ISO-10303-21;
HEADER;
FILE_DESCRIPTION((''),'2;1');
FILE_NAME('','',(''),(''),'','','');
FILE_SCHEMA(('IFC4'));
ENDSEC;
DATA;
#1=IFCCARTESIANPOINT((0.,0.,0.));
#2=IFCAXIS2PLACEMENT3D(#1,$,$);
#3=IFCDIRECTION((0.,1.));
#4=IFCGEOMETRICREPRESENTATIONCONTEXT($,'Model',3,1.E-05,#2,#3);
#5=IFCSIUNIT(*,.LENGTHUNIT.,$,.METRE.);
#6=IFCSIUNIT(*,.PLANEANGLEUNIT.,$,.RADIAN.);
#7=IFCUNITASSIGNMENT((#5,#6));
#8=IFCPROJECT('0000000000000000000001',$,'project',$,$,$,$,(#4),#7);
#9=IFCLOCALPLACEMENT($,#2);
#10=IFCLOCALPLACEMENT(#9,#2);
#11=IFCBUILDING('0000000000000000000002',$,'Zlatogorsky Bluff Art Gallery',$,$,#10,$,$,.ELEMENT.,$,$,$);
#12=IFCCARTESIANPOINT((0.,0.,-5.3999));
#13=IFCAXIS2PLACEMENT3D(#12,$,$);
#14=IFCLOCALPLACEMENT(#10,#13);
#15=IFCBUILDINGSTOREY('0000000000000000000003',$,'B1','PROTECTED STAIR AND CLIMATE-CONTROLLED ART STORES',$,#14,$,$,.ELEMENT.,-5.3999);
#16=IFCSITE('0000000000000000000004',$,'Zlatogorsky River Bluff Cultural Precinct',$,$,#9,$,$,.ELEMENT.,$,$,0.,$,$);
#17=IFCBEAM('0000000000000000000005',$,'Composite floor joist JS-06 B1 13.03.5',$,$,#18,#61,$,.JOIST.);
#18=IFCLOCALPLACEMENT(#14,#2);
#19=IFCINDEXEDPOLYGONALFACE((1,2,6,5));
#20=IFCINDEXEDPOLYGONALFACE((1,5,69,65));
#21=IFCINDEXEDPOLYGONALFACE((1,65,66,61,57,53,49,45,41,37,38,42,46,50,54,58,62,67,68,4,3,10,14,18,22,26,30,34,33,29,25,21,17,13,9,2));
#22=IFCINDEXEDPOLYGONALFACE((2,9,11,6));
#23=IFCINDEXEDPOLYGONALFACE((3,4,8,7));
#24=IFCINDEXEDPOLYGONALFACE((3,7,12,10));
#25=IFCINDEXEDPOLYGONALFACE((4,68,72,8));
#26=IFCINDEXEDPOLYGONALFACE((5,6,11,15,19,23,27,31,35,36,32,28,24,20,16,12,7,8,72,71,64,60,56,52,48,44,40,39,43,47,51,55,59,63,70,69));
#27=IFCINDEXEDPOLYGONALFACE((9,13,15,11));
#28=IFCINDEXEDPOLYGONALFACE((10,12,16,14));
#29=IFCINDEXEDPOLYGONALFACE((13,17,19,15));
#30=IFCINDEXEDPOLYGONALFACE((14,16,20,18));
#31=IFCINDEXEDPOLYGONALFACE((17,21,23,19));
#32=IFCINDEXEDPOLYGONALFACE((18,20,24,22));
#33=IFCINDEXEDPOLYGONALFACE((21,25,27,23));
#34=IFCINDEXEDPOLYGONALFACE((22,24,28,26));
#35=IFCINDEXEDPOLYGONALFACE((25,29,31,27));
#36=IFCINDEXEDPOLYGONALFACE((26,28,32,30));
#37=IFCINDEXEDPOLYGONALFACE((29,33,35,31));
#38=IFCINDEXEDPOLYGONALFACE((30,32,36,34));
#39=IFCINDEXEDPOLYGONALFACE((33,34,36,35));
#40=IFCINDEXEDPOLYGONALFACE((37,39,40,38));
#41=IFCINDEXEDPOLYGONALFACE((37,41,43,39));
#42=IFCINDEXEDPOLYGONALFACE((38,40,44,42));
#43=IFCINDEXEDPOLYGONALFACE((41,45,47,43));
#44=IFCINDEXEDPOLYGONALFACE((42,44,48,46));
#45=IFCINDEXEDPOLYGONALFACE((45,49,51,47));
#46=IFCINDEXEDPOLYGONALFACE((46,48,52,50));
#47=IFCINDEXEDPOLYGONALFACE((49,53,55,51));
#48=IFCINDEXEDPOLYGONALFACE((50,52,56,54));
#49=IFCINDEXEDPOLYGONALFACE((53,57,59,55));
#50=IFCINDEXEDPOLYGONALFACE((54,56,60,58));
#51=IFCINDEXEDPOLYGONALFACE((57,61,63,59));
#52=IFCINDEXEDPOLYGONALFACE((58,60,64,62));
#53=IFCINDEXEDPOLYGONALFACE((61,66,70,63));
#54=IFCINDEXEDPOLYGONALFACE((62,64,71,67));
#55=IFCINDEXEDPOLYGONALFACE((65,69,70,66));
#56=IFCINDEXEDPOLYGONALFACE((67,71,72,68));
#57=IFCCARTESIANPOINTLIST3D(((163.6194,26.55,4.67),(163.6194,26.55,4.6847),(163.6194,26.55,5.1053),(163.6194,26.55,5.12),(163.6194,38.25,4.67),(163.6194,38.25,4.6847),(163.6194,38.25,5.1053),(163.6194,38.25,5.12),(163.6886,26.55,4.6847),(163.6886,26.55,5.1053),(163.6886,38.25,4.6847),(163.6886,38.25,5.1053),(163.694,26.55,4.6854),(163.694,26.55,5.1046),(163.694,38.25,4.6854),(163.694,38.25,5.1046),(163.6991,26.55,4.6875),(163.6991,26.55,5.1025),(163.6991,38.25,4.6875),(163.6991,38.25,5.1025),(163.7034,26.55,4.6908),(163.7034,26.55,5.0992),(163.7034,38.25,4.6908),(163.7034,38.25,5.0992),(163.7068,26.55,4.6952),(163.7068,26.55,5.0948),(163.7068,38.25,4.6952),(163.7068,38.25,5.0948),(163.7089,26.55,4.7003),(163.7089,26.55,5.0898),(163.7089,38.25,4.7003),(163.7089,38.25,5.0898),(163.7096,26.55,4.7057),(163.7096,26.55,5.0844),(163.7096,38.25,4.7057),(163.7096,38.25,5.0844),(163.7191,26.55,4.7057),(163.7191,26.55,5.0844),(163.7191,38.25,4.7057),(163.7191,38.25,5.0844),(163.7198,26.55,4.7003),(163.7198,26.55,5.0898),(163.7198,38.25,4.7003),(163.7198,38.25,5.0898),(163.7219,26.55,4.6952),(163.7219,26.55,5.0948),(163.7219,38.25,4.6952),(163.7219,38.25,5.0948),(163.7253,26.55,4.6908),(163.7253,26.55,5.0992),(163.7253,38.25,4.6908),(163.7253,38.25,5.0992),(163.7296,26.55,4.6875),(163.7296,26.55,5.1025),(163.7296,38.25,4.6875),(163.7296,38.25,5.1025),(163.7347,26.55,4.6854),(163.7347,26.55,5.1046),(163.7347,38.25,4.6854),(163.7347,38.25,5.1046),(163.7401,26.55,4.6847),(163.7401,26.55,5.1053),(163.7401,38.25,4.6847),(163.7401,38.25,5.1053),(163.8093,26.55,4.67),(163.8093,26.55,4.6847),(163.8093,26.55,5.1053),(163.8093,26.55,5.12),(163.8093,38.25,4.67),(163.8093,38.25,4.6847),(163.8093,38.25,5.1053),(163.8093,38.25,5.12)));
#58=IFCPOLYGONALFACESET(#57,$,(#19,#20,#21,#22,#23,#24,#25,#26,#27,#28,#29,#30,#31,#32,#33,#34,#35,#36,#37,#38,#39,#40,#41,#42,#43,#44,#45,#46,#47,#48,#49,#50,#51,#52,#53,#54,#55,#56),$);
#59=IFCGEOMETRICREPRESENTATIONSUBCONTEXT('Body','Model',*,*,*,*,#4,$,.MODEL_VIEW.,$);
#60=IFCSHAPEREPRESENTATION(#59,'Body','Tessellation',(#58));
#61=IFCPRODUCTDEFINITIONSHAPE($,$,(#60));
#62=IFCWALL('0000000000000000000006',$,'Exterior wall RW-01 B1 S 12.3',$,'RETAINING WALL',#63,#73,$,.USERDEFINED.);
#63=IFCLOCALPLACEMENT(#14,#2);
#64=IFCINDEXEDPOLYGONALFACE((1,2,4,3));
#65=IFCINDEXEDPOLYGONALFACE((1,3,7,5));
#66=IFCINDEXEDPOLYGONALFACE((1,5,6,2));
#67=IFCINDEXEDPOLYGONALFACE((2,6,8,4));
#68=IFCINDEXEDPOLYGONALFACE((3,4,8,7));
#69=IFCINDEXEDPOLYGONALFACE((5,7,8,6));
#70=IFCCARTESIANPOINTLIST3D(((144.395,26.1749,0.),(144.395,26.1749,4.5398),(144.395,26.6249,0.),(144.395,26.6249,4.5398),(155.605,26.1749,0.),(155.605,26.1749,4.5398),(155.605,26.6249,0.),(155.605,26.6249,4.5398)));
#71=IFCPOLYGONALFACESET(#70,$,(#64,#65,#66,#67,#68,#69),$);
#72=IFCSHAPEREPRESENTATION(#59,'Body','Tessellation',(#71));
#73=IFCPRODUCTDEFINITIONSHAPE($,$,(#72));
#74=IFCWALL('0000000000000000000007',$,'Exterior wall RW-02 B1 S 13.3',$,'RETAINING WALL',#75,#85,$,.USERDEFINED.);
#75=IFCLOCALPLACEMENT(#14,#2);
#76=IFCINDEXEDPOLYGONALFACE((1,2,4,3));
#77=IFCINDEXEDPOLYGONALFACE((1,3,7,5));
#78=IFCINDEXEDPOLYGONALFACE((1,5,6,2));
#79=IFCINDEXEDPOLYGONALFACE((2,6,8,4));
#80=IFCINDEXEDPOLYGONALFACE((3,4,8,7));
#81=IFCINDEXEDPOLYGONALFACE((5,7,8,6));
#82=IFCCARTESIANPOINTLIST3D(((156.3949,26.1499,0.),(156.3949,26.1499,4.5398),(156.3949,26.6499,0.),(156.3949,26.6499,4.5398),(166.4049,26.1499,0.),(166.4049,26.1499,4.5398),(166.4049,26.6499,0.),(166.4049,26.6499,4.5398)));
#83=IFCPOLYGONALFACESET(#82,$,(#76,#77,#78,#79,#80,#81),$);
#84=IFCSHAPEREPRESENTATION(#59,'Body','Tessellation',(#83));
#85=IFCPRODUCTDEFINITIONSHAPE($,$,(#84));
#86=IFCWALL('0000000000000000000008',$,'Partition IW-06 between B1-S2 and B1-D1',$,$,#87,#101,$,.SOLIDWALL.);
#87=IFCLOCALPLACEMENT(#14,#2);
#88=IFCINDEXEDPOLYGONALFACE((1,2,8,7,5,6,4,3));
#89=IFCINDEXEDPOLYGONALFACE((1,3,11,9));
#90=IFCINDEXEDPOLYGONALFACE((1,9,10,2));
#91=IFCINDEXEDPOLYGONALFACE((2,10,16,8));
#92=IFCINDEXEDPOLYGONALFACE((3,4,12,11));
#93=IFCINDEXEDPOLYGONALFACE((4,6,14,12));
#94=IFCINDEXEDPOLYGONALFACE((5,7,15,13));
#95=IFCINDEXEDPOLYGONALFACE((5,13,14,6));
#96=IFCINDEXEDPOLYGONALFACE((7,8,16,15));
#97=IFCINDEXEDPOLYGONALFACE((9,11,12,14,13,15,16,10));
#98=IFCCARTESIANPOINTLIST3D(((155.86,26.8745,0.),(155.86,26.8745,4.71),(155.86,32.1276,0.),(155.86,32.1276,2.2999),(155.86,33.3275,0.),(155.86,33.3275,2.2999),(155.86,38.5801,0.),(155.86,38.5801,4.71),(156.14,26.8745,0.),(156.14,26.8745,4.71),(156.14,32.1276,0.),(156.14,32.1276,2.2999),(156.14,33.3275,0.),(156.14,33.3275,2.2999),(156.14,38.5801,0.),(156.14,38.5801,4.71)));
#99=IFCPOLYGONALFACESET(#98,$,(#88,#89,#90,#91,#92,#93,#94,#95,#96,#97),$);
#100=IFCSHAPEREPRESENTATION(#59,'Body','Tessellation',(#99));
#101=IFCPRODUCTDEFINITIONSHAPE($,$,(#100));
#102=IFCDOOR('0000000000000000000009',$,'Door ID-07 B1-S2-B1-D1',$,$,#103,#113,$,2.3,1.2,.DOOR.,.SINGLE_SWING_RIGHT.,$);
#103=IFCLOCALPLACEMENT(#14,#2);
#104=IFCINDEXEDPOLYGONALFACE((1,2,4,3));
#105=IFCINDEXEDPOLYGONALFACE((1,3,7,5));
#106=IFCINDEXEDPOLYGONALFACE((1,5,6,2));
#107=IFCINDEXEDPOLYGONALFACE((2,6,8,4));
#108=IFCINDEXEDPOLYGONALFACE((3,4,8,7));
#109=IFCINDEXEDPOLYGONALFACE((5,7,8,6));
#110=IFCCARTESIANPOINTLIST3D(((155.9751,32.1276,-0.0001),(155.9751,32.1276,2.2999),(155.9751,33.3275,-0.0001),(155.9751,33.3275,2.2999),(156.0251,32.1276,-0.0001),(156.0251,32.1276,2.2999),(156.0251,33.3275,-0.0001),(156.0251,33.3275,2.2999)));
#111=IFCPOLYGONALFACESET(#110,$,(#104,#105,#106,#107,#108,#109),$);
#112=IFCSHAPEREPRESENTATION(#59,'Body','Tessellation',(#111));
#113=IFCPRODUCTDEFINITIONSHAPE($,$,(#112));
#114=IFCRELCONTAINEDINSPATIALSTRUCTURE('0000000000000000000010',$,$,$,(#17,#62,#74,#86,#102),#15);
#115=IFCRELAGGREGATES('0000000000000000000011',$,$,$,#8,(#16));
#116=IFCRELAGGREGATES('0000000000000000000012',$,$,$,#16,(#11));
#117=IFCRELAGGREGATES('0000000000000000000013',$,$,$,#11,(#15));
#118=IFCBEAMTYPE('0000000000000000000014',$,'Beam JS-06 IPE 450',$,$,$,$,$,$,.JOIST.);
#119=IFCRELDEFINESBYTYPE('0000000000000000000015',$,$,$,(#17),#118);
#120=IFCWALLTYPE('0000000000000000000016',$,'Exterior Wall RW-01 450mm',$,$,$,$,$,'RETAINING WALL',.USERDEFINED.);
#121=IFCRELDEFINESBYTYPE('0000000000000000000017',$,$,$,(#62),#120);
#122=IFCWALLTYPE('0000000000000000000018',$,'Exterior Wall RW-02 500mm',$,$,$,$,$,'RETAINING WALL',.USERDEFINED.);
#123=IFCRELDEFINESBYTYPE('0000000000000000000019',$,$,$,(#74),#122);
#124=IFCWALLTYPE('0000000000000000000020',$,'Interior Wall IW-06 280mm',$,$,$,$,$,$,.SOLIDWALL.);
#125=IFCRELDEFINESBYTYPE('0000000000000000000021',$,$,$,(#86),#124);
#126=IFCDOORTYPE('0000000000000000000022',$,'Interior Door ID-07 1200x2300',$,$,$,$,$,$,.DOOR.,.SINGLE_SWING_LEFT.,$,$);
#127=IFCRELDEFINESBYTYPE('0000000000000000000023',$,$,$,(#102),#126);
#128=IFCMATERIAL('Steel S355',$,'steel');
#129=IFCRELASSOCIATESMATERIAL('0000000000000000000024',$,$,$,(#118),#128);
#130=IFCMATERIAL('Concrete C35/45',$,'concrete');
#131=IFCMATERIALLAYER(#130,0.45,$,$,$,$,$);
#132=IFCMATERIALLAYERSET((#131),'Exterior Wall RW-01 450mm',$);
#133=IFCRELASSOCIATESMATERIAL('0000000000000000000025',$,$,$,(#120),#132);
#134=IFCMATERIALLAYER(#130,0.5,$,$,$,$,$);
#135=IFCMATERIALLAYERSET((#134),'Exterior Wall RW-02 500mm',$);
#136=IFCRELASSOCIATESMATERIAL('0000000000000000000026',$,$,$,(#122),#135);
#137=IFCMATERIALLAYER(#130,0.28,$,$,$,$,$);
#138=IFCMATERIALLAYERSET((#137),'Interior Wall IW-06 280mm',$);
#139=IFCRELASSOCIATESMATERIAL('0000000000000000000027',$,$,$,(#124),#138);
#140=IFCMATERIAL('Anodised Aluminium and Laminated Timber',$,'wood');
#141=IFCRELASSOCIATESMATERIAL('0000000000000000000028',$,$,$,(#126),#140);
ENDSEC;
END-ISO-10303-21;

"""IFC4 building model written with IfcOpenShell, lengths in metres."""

from ifc_helpers import new_model, si_unit, direction, frame, frame_2d, origin, origin_2d, place, context, subcontext, project, spatial, rectangle, i_section, extrude, material, layer, layer_set, material_profile, profile_set, type_object, element, fill, save


model = new_model("IFC4")

# Units and contexts
model_context = context("Model", 3, precision=1e-05, world=origin(), true_north=direction((0.0, 1.0)))
body_context = subcontext(model_context, "Body", "Model", "MODEL_VIEW")
ifc_project = project(units=[si_unit("LENGTHUNIT", "METRE"), si_unit("PLANEANGLEUNIT", "RADIAN")], contexts=[model_context])

# Site, building, storey
site_placement = place(None, origin())
site = spatial("IfcSite", under=ifc_project, at=site_placement, Name="Zlatogorsky River Bluff Cultural Precinct", CompositionType="ELEMENT", RefElevation=0.0)
building_placement = place(site_placement, origin())
building = spatial("IfcBuilding", under=site, at=building_placement, Name="Zlatogorsky Bluff Art Gallery", CompositionType="ELEMENT")
storey_placement = place(building_placement, frame((0.0, 0.0, -5.3999)))
storey = spatial("IfcBuildingStorey", under=building, at=storey_placement, Name="B1", Description="PROTECTED STAIR AND CLIMATE-CONTROLLED ART STORES", CompositionType="ELEMENT", Elevation=-5.3999)

# Shared definitions
ifc_material_1 = material(Name="Concrete C35/45", Category="concrete")

# Beam
ifc_material_2 = material(Name="Steel S355", Category="steel")
ifc_material_profile_1 = material_profile(ifc_material_2, i_section(OverallWidth=0.1899, OverallDepth=0.45, WebThickness=0.0095, FlangeThickness=0.0146, FilletRadius=0.021, at=origin_2d()), Name="IPE 450")
ifc_profile_set_1 = profile_set([ifc_material_profile_1], Name="Steel S355")
beam_type_1 = type_object("IfcBeamType", Name="Beam JS-06 IPE 450", PredefinedType="JOIST", material=ifc_profile_set_1)
for number, where, z_axis, x_axis, name in (
    (1, (163.7144, 26.55, 4.895), (0.0, 1.0, 0.0), (-1.0, 0.0, 0.0), "Composite floor joist JS-06 B1 13.03.5"),
):
    element("IfcBeam", number, at=place(storey_placement, frame(where, z_axis=z_axis, x_axis=x_axis)), inside=storey, type_object=beam_type_1, Name=name, PredefinedType="JOIST", context=body_context, shape_type="SweptSolid", body=[
        extrude(i_section(OverallWidth=0.1899, OverallDepth=0.45, WebThickness=0.0095, FlangeThickness=0.0146, FilletRadius=0.021, at=origin_2d()), origin(), (0.0, 0.0, 1.0), 11.7),
    ])

# Walls
ifc_layer_1 = layer(ifc_material_1, 0.45)
ifc_layer_set_1 = layer_set([ifc_layer_1], Name="Exterior Wall RW-01 450mm")
wall_type_1 = type_object("IfcWallType", Name="Exterior Wall RW-01 450mm", ElementType="RETAINING WALL", PredefinedType="USERDEFINED", material=ifc_layer_set_1)
wall_1_placement = place(storey_placement, frame((144.395, 26.3999, 0.0), z_axis=(0.0, 0.0, 1.0), x_axis=(1.0, 0.0, 0.0)))
element("IfcWall", 2, at=wall_1_placement, inside=storey, type_object=wall_type_1, Name="Exterior wall RW-01 B1 S 12.3", ObjectType="RETAINING WALL", PredefinedType="USERDEFINED", context=body_context, shape_type="SweptSolid", body=[
    extrude(rectangle(XDim=11.21, YDim=0.45, at=frame_2d((5.605, 0.0))), origin(), (0.0, 0.0, 1.0), 4.5398),
])
ifc_layer_2 = layer(ifc_material_1, 0.5)
ifc_layer_set_2 = layer_set([ifc_layer_2], Name="Exterior Wall RW-02 500mm")
wall_type_2 = type_object("IfcWallType", Name="Exterior Wall RW-02 500mm", ElementType="RETAINING WALL", PredefinedType="USERDEFINED", material=ifc_layer_set_2)
wall_2_placement = place(storey_placement, frame((156.395, 26.3999, 0.0), z_axis=(0.0, 0.0, 1.0), x_axis=(1.0, 0.0, 0.0)))
element("IfcWall", 3, at=wall_2_placement, inside=storey, type_object=wall_type_2, Name="Exterior wall RW-02 B1 S 13.3", ObjectType="RETAINING WALL", PredefinedType="USERDEFINED", context=body_context, shape_type="SweptSolid", body=[
    extrude(rectangle(XDim=10.01, YDim=0.5, at=frame_2d((5.0049, 0.0))), origin(), (0.0, 0.0, 1.0), 4.5398),
])

# Wall, opening, door
ifc_layer_3 = layer(ifc_material_1, 0.28)
ifc_layer_set_3 = layer_set([ifc_layer_3], Name="Interior Wall IW-06 280mm")
wall_type_3 = type_object("IfcWallType", Name="Interior Wall IW-06 280mm", PredefinedType="SOLIDWALL", material=ifc_layer_set_3)
wall_3_placement = place(storey_placement, frame((156.0, 26.8745, 0.0), z_axis=(0.0, 0.0, 1.0), x_axis=(0.0, 1.0, 0.0)))
wall_3 = element("IfcWall", 4, at=wall_3_placement, inside=storey, type_object=wall_type_3, Name="Partition IW-06 between B1-S2 and B1-D1", PredefinedType="SOLIDWALL", context=body_context, shape_type="SweptSolid", body=[
    extrude(rectangle(XDim=11.7056, YDim=0.28, at=frame_2d((5.8528, 0.0))), origin(), (0.0, 0.0, 1.0), 4.71),
])
opening_placement = place(wall_3_placement, frame((5.2529, 0.0, 0.0)))
opening = element("IfcOpeningElement", 5, at=opening_placement, cuts=wall_3, PredefinedType="OPENING", context=body_context, shape_type="SweptSolid", body=[
    extrude(rectangle(XDim=1.2, YDim=2.3, at=frame_2d((0.6001, 1.1499))), frame((0.0, 0.1499, 0.0), z_axis=(0.0, -1.0, 0.0), x_axis=(1.0, 0.0, 0.0)), (0.0, 0.0, 1.0), 0.3),
])
ifc_material_3 = material(Name="Anodised Aluminium and Laminated Timber", Category="wood")
door_type = type_object("IfcDoorType", Name="Interior Door ID-07 1200x2300", OperationType="SINGLE_SWING_LEFT", PredefinedType="DOOR", material=ifc_material_3)
door_placement = place(opening_placement, origin())
door = element("IfcDoor", 6, at=door_placement, inside=storey, type_object=door_type, Name="Door ID-07 B1-S2-B1-D1", OperationType="SINGLE_SWING_RIGHT", OverallHeight=2.3, OverallWidth=1.2, PredefinedType="DOOR", context=body_context, shape_type="SweptSolid", body=[
    extrude(rectangle(XDim=1.2, YDim=2.3, at=frame_2d((0.6001, 1.1499))), frame((0.0, 0.0249, 0.0), z_axis=(0.0, -1.0, 0.0), x_axis=(1.0, 0.0, 0.0)), (0.0, 0.0, 1.0), 0.05),
])
fill(opening, door)

save(model, "model.ifc")
